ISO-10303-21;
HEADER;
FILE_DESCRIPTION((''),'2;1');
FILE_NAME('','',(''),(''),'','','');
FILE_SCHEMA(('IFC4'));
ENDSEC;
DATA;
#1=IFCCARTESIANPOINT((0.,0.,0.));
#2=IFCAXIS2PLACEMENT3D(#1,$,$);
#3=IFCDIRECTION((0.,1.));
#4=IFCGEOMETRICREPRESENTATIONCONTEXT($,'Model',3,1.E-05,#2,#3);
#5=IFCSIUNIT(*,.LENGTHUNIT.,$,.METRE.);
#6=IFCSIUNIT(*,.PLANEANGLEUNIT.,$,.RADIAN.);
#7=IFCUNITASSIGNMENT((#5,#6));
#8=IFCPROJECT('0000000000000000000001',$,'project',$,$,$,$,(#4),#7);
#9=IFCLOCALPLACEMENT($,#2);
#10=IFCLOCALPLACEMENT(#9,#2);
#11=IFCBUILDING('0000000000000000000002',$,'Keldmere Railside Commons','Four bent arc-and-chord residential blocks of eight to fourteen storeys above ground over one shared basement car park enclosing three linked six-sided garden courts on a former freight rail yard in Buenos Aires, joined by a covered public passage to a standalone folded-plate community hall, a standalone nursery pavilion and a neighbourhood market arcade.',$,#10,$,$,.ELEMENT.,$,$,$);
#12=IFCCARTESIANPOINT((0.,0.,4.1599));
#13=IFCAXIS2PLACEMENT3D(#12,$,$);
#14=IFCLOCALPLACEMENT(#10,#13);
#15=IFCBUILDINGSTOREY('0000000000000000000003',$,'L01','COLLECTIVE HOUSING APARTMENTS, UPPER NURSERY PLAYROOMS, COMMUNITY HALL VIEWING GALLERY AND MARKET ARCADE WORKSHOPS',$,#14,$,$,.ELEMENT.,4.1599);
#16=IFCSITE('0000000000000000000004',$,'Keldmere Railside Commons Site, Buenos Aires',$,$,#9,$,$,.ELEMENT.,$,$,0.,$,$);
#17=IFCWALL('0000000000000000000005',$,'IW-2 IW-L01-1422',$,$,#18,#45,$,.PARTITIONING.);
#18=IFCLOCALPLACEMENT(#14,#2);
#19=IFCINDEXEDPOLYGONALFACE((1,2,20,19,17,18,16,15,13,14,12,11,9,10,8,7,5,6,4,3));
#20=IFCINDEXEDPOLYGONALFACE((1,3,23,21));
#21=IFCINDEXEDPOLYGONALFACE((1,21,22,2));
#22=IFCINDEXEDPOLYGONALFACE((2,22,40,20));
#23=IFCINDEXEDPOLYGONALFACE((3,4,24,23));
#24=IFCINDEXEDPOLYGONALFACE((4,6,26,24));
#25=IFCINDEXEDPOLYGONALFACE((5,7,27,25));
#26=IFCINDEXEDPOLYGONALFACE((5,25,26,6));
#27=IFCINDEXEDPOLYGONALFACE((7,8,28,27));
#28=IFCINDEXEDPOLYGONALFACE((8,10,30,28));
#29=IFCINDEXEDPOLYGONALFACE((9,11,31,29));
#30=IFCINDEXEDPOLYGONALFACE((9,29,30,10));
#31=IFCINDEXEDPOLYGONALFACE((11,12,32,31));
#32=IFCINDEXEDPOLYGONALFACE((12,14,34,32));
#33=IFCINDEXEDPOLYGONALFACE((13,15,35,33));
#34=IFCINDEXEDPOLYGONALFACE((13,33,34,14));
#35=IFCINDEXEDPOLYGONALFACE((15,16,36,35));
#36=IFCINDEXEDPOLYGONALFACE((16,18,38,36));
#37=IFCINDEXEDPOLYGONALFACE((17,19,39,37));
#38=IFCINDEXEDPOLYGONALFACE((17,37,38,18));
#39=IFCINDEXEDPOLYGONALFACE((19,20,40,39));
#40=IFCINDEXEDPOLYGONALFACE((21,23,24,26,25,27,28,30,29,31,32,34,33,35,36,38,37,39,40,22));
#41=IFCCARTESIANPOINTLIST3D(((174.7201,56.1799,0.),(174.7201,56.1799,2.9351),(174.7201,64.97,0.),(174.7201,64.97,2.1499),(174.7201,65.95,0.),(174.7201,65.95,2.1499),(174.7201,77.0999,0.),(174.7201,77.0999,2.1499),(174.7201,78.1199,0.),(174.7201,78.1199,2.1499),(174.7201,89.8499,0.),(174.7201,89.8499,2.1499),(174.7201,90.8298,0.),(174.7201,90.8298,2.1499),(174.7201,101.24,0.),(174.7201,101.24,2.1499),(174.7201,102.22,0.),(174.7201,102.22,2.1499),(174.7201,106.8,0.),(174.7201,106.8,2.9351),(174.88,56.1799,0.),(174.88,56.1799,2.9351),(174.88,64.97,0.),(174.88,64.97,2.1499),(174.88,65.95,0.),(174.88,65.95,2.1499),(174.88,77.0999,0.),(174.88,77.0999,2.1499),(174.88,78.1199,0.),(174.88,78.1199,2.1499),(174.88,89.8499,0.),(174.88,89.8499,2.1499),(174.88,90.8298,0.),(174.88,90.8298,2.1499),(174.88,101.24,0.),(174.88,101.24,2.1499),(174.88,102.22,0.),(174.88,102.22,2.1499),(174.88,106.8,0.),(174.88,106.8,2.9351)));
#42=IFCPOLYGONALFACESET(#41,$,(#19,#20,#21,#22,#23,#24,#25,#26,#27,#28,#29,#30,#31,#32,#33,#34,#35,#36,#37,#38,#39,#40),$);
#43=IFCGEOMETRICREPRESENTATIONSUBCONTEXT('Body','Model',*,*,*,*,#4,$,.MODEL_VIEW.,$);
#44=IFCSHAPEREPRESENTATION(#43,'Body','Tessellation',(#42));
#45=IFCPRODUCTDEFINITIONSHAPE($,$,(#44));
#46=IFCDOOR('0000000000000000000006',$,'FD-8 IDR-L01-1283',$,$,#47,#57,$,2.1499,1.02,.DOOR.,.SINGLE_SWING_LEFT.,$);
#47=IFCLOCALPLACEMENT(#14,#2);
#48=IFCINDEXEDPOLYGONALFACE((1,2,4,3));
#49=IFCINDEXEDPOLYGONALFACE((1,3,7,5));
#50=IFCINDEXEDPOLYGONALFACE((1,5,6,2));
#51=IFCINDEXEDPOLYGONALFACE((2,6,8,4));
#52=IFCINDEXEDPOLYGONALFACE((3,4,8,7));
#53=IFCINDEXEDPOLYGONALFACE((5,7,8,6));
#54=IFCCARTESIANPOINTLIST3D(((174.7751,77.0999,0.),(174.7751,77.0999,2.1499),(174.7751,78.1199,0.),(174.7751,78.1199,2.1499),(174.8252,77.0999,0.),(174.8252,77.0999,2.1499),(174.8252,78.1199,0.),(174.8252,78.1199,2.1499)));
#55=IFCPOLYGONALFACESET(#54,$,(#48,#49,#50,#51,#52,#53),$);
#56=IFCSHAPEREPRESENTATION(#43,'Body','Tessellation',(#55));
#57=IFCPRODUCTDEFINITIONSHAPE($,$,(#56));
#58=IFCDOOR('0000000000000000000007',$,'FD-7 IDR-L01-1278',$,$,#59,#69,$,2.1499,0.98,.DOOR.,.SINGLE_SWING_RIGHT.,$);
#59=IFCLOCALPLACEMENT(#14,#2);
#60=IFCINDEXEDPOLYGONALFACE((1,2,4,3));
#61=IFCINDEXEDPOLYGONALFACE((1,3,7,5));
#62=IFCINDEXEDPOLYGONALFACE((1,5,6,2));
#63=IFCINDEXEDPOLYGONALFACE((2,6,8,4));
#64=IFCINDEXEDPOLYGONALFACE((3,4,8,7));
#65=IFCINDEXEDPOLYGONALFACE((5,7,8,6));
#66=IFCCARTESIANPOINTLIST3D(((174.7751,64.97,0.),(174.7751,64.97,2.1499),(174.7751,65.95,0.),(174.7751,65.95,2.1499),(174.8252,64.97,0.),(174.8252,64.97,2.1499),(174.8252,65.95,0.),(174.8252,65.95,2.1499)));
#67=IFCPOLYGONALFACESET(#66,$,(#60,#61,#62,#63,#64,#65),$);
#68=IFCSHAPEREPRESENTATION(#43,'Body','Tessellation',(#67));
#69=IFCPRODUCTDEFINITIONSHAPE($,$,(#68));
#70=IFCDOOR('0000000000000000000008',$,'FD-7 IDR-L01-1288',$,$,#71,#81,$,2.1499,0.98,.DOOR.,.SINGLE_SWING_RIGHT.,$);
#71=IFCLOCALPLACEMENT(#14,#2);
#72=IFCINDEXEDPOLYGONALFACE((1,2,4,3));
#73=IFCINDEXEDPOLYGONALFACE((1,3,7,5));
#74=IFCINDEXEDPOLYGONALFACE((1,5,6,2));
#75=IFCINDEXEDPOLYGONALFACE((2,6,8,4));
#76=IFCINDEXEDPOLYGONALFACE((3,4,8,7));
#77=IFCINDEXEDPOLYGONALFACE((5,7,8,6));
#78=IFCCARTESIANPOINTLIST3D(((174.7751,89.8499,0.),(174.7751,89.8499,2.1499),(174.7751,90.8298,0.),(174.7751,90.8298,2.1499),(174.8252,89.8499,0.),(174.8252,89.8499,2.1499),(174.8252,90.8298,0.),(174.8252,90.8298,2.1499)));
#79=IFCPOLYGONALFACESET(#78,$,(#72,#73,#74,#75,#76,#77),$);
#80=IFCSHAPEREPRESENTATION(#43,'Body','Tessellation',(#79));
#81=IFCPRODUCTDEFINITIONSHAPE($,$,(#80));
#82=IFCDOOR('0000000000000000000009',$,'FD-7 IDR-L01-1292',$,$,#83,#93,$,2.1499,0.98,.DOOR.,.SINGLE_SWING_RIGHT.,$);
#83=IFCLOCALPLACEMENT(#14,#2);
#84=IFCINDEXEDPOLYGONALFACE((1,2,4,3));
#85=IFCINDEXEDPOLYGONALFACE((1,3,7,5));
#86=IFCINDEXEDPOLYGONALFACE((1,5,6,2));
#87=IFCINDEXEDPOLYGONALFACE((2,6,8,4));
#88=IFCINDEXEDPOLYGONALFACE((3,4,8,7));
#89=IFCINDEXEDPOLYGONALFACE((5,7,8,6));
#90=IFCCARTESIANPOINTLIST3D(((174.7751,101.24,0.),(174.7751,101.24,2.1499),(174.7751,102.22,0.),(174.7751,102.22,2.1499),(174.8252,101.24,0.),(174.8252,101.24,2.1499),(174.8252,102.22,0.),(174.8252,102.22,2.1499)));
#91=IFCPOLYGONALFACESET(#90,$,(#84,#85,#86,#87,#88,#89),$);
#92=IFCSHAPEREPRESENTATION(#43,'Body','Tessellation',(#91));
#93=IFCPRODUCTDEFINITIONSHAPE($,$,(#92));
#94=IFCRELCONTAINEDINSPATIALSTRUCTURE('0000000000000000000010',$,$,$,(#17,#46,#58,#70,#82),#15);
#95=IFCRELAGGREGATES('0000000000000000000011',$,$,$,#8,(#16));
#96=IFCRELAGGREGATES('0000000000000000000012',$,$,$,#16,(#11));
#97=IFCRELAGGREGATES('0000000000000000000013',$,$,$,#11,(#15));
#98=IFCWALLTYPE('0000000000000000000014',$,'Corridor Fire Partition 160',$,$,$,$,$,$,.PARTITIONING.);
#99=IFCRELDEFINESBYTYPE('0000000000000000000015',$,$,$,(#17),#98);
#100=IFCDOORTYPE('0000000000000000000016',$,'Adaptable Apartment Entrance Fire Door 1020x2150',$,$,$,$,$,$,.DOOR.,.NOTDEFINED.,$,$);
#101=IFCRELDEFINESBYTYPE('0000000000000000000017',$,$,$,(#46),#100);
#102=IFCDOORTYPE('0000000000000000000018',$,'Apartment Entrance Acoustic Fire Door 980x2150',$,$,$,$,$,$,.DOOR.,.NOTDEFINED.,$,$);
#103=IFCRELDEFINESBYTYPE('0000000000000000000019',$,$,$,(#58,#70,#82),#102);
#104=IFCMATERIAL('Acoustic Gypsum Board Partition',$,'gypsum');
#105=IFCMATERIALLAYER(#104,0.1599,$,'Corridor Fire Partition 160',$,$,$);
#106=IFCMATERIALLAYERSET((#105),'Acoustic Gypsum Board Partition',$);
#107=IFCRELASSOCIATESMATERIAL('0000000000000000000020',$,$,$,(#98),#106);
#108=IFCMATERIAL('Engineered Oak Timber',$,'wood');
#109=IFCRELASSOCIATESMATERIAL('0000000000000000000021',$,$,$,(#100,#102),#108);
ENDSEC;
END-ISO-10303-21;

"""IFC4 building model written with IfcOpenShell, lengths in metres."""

from ifc_helpers import new_model, si_unit, direction, frame, frame_2d, origin, place, context, subcontext, project, spatial, rectangle, extrude, material, layer, layer_set, type_object, element, fill, save


model = new_model("IFC4")

# Units and contexts
model_context = context("Model", 3, precision=1e-05, world=origin(), true_north=direction((0.0, 1.0)))
body_context = subcontext(model_context, "Body", "Model", "MODEL_VIEW")
ifc_project = project(units=[si_unit("LENGTHUNIT", "METRE"), si_unit("PLANEANGLEUNIT", "RADIAN")], contexts=[model_context])

# Site, building, storey
site_placement = place(None, origin())
site = spatial("IfcSite", under=ifc_project, at=site_placement, Name="Keldmere Railside Commons Site, Buenos Aires", CompositionType="ELEMENT", RefElevation=0.0)
building_placement = place(site_placement, origin())
building = spatial("IfcBuilding", under=site, at=building_placement, Name="Keldmere Railside Commons", Description="Four bent arc-and-chord residential blocks of eight to fourteen storeys above ground over one shared basement car park enclosing three linked six-sided garden courts on a former freight rail yard in Buenos Aires, joined by a covered public passage to a standalone folded-plate community hall, a standalone nursery pavilion and a neighbourhood market arcade.", CompositionType="ELEMENT")
storey_placement = place(building_placement, frame((0.0, 0.0, 4.1599)))
storey = spatial("IfcBuildingStorey", under=building, at=storey_placement, Name="L01", Description="COLLECTIVE HOUSING APARTMENTS, UPPER NURSERY PLAYROOMS, COMMUNITY HALL VIEWING GALLERY AND MARKET ARCADE WORKSHOPS", CompositionType="ELEMENT", Elevation=4.1599)

# Wall, openings, doors
ifc_material_1 = material(Name="Acoustic Gypsum Board Partition", Category="gypsum")
ifc_layer = layer(ifc_material_1, 0.1599, Name="Corridor Fire Partition 160")
ifc_layer_set = layer_set([ifc_layer], Name="Acoustic Gypsum Board Partition")
wall_type = type_object("IfcWallType", Name="Corridor Fire Partition 160", PredefinedType="PARTITIONING", material=ifc_layer_set)
wall_1_placement = place(storey_placement, frame((174.8, 56.1799, 0.0), z_axis=(0.0, 0.0, 1.0), x_axis=(0.0, 1.0, 0.0)))
wall_1 = element("IfcWall", 1, at=wall_1_placement, inside=storey, type_object=wall_type, Name="IW-2 IW-L01-1422", PredefinedType="PARTITIONING", context=body_context, shape_type="SweptSolid", body=[
    extrude(rectangle(XDim=50.6201, YDim=0.1599, at=frame_2d((25.3101, 0.0))), origin(), (0.0, 0.0, 1.0), 2.9351),
])
opening_1_placement = place(wall_1_placement, frame((8.79, 0.0, 0.0)))
opening_1 = element("IfcOpeningElement", 2, at=opening_1_placement, cuts=wall_1, PredefinedType="OPENING", context=body_context, shape_type="SweptSolid", body=[
    extrude(rectangle(XDim=0.98, YDim=2.1499, at=frame_2d((0.49, 1.075))), frame((0.0, 0.0898, 0.0), z_axis=(0.0, -1.0, 0.0), x_axis=(1.0, 0.0, 0.0)), (0.0, 0.0, 1.0), 0.1799),
])
opening_2_placement = place(wall_1_placement, frame((20.9199, 0.0, 0.0)))
opening_2 = element("IfcOpeningElement", 3, at=opening_2_placement, cuts=wall_1, PredefinedType="OPENING", context=body_context, shape_type="SweptSolid", body=[
    extrude(rectangle(XDim=1.02, YDim=2.1499, at=frame_2d((0.51, 1.075))), frame((0.0, 0.0898, 0.0), z_axis=(0.0, -1.0, 0.0), x_axis=(1.0, 0.0, 0.0)), (0.0, 0.0, 1.0), 0.1799),
])
opening_3_placement = place(wall_1_placement, frame((33.6699, 0.0, 0.0)))
opening_3 = element("IfcOpeningElement", 4, at=opening_3_placement, cuts=wall_1, PredefinedType="OPENING", context=body_context, shape_type="SweptSolid", body=[
    extrude(rectangle(XDim=0.98, YDim=2.1499, at=frame_2d((0.49, 1.075))), frame((0.0, 0.0898, 0.0), z_axis=(0.0, -1.0, 0.0), x_axis=(1.0, 0.0, 0.0)), (0.0, 0.0, 1.0), 0.1799),
])
opening_4_placement = place(wall_1_placement, frame((45.0601, 0.0, 0.0)))
opening_4 = element("IfcOpeningElement", 5, at=opening_4_placement, cuts=wall_1, PredefinedType="OPENING", context=body_context, shape_type="SweptSolid", body=[
    extrude(rectangle(XDim=0.98, YDim=2.1499, at=frame_2d((0.49, 1.075))), frame((0.0, 0.0898, 0.0), z_axis=(0.0, -1.0, 0.0), x_axis=(1.0, 0.0, 0.0)), (0.0, 0.0, 1.0), 0.1799),
])
ifc_material_2 = material(Name="Engineered Oak Timber", Category="wood")
door_type_1 = type_object("IfcDoorType", Name="Adaptable Apartment Entrance Fire Door 1020x2150", OperationType="NOTDEFINED", PredefinedType="DOOR", material=ifc_material_2)
door_1_placement = place(opening_2_placement, origin())
door_1 = element("IfcDoor", 6, at=door_1_placement, inside=storey, type_object=door_type_1, Name="FD-8 IDR-L01-1283", OperationType="SINGLE_SWING_LEFT", OverallHeight=2.1499, OverallWidth=1.02, PredefinedType="DOOR", context=body_context, shape_type="SweptSolid", body=[
    extrude(rectangle(XDim=1.02, YDim=2.1499, at=frame_2d((0.51, 1.075))), frame((0.0, 0.0249, 0.0), z_axis=(0.0, -1.0, 0.0), x_axis=(1.0, 0.0, 0.0)), (0.0, 0.0, 1.0), 0.05),
])
fill(opening_2, door_1)
door_type_2 = type_object("IfcDoorType", Name="Apartment Entrance Acoustic Fire Door 980x2150", OperationType="NOTDEFINED", PredefinedType="DOOR", material=ifc_material_2)
door_2_placement = place(opening_1_placement, origin())
door_2 = element("IfcDoor", 7, at=door_2_placement, inside=storey, type_object=door_type_2, Name="FD-7 IDR-L01-1278", OperationType="SINGLE_SWING_RIGHT", OverallHeight=2.1499, OverallWidth=0.98, PredefinedType="DOOR", context=body_context, shape_type="SweptSolid", body=[
    extrude(rectangle(XDim=0.98, YDim=2.1499, at=frame_2d((0.49, 1.075))), frame((0.0, 0.0249, 0.0), z_axis=(0.0, -1.0, 0.0), x_axis=(1.0, 0.0, 0.0)), (0.0, 0.0, 1.0), 0.05),
])
fill(opening_1, door_2)
door_3_placement = place(opening_3_placement, origin())
door_3 = element("IfcDoor", 8, at=door_3_placement, inside=storey, type_object=door_type_2, Name="FD-7 IDR-L01-1288", OperationType="SINGLE_SWING_RIGHT", OverallHeight=2.1499, OverallWidth=0.98, PredefinedType="DOOR", context=body_context, shape_type="SweptSolid", body=[
    extrude(rectangle(XDim=0.98, YDim=2.1499, at=frame_2d((0.49, 1.075))), frame((0.0, 0.0249, 0.0), z_axis=(0.0, -1.0, 0.0), x_axis=(1.0, 0.0, 0.0)), (0.0, 0.0, 1.0), 0.05),
])
fill(opening_3, door_3)
door_4_placement = place(opening_4_placement, origin())
door_4 = element("IfcDoor", 9, at=door_4_placement, inside=storey, type_object=door_type_2, Name="FD-7 IDR-L01-1292", OperationType="SINGLE_SWING_RIGHT", OverallHeight=2.1499, OverallWidth=0.98, PredefinedType="DOOR", context=body_context, shape_type="SweptSolid", body=[
    extrude(rectangle(XDim=0.98, YDim=2.1499, at=frame_2d((0.49, 1.075))), frame((0.0, 0.0249, 0.0), z_axis=(0.0, -1.0, 0.0), x_axis=(1.0, 0.0, 0.0)), (0.0, 0.0, 1.0), 0.05),
])
fill(opening_4, door_4)

save(model, "model.ifc")
